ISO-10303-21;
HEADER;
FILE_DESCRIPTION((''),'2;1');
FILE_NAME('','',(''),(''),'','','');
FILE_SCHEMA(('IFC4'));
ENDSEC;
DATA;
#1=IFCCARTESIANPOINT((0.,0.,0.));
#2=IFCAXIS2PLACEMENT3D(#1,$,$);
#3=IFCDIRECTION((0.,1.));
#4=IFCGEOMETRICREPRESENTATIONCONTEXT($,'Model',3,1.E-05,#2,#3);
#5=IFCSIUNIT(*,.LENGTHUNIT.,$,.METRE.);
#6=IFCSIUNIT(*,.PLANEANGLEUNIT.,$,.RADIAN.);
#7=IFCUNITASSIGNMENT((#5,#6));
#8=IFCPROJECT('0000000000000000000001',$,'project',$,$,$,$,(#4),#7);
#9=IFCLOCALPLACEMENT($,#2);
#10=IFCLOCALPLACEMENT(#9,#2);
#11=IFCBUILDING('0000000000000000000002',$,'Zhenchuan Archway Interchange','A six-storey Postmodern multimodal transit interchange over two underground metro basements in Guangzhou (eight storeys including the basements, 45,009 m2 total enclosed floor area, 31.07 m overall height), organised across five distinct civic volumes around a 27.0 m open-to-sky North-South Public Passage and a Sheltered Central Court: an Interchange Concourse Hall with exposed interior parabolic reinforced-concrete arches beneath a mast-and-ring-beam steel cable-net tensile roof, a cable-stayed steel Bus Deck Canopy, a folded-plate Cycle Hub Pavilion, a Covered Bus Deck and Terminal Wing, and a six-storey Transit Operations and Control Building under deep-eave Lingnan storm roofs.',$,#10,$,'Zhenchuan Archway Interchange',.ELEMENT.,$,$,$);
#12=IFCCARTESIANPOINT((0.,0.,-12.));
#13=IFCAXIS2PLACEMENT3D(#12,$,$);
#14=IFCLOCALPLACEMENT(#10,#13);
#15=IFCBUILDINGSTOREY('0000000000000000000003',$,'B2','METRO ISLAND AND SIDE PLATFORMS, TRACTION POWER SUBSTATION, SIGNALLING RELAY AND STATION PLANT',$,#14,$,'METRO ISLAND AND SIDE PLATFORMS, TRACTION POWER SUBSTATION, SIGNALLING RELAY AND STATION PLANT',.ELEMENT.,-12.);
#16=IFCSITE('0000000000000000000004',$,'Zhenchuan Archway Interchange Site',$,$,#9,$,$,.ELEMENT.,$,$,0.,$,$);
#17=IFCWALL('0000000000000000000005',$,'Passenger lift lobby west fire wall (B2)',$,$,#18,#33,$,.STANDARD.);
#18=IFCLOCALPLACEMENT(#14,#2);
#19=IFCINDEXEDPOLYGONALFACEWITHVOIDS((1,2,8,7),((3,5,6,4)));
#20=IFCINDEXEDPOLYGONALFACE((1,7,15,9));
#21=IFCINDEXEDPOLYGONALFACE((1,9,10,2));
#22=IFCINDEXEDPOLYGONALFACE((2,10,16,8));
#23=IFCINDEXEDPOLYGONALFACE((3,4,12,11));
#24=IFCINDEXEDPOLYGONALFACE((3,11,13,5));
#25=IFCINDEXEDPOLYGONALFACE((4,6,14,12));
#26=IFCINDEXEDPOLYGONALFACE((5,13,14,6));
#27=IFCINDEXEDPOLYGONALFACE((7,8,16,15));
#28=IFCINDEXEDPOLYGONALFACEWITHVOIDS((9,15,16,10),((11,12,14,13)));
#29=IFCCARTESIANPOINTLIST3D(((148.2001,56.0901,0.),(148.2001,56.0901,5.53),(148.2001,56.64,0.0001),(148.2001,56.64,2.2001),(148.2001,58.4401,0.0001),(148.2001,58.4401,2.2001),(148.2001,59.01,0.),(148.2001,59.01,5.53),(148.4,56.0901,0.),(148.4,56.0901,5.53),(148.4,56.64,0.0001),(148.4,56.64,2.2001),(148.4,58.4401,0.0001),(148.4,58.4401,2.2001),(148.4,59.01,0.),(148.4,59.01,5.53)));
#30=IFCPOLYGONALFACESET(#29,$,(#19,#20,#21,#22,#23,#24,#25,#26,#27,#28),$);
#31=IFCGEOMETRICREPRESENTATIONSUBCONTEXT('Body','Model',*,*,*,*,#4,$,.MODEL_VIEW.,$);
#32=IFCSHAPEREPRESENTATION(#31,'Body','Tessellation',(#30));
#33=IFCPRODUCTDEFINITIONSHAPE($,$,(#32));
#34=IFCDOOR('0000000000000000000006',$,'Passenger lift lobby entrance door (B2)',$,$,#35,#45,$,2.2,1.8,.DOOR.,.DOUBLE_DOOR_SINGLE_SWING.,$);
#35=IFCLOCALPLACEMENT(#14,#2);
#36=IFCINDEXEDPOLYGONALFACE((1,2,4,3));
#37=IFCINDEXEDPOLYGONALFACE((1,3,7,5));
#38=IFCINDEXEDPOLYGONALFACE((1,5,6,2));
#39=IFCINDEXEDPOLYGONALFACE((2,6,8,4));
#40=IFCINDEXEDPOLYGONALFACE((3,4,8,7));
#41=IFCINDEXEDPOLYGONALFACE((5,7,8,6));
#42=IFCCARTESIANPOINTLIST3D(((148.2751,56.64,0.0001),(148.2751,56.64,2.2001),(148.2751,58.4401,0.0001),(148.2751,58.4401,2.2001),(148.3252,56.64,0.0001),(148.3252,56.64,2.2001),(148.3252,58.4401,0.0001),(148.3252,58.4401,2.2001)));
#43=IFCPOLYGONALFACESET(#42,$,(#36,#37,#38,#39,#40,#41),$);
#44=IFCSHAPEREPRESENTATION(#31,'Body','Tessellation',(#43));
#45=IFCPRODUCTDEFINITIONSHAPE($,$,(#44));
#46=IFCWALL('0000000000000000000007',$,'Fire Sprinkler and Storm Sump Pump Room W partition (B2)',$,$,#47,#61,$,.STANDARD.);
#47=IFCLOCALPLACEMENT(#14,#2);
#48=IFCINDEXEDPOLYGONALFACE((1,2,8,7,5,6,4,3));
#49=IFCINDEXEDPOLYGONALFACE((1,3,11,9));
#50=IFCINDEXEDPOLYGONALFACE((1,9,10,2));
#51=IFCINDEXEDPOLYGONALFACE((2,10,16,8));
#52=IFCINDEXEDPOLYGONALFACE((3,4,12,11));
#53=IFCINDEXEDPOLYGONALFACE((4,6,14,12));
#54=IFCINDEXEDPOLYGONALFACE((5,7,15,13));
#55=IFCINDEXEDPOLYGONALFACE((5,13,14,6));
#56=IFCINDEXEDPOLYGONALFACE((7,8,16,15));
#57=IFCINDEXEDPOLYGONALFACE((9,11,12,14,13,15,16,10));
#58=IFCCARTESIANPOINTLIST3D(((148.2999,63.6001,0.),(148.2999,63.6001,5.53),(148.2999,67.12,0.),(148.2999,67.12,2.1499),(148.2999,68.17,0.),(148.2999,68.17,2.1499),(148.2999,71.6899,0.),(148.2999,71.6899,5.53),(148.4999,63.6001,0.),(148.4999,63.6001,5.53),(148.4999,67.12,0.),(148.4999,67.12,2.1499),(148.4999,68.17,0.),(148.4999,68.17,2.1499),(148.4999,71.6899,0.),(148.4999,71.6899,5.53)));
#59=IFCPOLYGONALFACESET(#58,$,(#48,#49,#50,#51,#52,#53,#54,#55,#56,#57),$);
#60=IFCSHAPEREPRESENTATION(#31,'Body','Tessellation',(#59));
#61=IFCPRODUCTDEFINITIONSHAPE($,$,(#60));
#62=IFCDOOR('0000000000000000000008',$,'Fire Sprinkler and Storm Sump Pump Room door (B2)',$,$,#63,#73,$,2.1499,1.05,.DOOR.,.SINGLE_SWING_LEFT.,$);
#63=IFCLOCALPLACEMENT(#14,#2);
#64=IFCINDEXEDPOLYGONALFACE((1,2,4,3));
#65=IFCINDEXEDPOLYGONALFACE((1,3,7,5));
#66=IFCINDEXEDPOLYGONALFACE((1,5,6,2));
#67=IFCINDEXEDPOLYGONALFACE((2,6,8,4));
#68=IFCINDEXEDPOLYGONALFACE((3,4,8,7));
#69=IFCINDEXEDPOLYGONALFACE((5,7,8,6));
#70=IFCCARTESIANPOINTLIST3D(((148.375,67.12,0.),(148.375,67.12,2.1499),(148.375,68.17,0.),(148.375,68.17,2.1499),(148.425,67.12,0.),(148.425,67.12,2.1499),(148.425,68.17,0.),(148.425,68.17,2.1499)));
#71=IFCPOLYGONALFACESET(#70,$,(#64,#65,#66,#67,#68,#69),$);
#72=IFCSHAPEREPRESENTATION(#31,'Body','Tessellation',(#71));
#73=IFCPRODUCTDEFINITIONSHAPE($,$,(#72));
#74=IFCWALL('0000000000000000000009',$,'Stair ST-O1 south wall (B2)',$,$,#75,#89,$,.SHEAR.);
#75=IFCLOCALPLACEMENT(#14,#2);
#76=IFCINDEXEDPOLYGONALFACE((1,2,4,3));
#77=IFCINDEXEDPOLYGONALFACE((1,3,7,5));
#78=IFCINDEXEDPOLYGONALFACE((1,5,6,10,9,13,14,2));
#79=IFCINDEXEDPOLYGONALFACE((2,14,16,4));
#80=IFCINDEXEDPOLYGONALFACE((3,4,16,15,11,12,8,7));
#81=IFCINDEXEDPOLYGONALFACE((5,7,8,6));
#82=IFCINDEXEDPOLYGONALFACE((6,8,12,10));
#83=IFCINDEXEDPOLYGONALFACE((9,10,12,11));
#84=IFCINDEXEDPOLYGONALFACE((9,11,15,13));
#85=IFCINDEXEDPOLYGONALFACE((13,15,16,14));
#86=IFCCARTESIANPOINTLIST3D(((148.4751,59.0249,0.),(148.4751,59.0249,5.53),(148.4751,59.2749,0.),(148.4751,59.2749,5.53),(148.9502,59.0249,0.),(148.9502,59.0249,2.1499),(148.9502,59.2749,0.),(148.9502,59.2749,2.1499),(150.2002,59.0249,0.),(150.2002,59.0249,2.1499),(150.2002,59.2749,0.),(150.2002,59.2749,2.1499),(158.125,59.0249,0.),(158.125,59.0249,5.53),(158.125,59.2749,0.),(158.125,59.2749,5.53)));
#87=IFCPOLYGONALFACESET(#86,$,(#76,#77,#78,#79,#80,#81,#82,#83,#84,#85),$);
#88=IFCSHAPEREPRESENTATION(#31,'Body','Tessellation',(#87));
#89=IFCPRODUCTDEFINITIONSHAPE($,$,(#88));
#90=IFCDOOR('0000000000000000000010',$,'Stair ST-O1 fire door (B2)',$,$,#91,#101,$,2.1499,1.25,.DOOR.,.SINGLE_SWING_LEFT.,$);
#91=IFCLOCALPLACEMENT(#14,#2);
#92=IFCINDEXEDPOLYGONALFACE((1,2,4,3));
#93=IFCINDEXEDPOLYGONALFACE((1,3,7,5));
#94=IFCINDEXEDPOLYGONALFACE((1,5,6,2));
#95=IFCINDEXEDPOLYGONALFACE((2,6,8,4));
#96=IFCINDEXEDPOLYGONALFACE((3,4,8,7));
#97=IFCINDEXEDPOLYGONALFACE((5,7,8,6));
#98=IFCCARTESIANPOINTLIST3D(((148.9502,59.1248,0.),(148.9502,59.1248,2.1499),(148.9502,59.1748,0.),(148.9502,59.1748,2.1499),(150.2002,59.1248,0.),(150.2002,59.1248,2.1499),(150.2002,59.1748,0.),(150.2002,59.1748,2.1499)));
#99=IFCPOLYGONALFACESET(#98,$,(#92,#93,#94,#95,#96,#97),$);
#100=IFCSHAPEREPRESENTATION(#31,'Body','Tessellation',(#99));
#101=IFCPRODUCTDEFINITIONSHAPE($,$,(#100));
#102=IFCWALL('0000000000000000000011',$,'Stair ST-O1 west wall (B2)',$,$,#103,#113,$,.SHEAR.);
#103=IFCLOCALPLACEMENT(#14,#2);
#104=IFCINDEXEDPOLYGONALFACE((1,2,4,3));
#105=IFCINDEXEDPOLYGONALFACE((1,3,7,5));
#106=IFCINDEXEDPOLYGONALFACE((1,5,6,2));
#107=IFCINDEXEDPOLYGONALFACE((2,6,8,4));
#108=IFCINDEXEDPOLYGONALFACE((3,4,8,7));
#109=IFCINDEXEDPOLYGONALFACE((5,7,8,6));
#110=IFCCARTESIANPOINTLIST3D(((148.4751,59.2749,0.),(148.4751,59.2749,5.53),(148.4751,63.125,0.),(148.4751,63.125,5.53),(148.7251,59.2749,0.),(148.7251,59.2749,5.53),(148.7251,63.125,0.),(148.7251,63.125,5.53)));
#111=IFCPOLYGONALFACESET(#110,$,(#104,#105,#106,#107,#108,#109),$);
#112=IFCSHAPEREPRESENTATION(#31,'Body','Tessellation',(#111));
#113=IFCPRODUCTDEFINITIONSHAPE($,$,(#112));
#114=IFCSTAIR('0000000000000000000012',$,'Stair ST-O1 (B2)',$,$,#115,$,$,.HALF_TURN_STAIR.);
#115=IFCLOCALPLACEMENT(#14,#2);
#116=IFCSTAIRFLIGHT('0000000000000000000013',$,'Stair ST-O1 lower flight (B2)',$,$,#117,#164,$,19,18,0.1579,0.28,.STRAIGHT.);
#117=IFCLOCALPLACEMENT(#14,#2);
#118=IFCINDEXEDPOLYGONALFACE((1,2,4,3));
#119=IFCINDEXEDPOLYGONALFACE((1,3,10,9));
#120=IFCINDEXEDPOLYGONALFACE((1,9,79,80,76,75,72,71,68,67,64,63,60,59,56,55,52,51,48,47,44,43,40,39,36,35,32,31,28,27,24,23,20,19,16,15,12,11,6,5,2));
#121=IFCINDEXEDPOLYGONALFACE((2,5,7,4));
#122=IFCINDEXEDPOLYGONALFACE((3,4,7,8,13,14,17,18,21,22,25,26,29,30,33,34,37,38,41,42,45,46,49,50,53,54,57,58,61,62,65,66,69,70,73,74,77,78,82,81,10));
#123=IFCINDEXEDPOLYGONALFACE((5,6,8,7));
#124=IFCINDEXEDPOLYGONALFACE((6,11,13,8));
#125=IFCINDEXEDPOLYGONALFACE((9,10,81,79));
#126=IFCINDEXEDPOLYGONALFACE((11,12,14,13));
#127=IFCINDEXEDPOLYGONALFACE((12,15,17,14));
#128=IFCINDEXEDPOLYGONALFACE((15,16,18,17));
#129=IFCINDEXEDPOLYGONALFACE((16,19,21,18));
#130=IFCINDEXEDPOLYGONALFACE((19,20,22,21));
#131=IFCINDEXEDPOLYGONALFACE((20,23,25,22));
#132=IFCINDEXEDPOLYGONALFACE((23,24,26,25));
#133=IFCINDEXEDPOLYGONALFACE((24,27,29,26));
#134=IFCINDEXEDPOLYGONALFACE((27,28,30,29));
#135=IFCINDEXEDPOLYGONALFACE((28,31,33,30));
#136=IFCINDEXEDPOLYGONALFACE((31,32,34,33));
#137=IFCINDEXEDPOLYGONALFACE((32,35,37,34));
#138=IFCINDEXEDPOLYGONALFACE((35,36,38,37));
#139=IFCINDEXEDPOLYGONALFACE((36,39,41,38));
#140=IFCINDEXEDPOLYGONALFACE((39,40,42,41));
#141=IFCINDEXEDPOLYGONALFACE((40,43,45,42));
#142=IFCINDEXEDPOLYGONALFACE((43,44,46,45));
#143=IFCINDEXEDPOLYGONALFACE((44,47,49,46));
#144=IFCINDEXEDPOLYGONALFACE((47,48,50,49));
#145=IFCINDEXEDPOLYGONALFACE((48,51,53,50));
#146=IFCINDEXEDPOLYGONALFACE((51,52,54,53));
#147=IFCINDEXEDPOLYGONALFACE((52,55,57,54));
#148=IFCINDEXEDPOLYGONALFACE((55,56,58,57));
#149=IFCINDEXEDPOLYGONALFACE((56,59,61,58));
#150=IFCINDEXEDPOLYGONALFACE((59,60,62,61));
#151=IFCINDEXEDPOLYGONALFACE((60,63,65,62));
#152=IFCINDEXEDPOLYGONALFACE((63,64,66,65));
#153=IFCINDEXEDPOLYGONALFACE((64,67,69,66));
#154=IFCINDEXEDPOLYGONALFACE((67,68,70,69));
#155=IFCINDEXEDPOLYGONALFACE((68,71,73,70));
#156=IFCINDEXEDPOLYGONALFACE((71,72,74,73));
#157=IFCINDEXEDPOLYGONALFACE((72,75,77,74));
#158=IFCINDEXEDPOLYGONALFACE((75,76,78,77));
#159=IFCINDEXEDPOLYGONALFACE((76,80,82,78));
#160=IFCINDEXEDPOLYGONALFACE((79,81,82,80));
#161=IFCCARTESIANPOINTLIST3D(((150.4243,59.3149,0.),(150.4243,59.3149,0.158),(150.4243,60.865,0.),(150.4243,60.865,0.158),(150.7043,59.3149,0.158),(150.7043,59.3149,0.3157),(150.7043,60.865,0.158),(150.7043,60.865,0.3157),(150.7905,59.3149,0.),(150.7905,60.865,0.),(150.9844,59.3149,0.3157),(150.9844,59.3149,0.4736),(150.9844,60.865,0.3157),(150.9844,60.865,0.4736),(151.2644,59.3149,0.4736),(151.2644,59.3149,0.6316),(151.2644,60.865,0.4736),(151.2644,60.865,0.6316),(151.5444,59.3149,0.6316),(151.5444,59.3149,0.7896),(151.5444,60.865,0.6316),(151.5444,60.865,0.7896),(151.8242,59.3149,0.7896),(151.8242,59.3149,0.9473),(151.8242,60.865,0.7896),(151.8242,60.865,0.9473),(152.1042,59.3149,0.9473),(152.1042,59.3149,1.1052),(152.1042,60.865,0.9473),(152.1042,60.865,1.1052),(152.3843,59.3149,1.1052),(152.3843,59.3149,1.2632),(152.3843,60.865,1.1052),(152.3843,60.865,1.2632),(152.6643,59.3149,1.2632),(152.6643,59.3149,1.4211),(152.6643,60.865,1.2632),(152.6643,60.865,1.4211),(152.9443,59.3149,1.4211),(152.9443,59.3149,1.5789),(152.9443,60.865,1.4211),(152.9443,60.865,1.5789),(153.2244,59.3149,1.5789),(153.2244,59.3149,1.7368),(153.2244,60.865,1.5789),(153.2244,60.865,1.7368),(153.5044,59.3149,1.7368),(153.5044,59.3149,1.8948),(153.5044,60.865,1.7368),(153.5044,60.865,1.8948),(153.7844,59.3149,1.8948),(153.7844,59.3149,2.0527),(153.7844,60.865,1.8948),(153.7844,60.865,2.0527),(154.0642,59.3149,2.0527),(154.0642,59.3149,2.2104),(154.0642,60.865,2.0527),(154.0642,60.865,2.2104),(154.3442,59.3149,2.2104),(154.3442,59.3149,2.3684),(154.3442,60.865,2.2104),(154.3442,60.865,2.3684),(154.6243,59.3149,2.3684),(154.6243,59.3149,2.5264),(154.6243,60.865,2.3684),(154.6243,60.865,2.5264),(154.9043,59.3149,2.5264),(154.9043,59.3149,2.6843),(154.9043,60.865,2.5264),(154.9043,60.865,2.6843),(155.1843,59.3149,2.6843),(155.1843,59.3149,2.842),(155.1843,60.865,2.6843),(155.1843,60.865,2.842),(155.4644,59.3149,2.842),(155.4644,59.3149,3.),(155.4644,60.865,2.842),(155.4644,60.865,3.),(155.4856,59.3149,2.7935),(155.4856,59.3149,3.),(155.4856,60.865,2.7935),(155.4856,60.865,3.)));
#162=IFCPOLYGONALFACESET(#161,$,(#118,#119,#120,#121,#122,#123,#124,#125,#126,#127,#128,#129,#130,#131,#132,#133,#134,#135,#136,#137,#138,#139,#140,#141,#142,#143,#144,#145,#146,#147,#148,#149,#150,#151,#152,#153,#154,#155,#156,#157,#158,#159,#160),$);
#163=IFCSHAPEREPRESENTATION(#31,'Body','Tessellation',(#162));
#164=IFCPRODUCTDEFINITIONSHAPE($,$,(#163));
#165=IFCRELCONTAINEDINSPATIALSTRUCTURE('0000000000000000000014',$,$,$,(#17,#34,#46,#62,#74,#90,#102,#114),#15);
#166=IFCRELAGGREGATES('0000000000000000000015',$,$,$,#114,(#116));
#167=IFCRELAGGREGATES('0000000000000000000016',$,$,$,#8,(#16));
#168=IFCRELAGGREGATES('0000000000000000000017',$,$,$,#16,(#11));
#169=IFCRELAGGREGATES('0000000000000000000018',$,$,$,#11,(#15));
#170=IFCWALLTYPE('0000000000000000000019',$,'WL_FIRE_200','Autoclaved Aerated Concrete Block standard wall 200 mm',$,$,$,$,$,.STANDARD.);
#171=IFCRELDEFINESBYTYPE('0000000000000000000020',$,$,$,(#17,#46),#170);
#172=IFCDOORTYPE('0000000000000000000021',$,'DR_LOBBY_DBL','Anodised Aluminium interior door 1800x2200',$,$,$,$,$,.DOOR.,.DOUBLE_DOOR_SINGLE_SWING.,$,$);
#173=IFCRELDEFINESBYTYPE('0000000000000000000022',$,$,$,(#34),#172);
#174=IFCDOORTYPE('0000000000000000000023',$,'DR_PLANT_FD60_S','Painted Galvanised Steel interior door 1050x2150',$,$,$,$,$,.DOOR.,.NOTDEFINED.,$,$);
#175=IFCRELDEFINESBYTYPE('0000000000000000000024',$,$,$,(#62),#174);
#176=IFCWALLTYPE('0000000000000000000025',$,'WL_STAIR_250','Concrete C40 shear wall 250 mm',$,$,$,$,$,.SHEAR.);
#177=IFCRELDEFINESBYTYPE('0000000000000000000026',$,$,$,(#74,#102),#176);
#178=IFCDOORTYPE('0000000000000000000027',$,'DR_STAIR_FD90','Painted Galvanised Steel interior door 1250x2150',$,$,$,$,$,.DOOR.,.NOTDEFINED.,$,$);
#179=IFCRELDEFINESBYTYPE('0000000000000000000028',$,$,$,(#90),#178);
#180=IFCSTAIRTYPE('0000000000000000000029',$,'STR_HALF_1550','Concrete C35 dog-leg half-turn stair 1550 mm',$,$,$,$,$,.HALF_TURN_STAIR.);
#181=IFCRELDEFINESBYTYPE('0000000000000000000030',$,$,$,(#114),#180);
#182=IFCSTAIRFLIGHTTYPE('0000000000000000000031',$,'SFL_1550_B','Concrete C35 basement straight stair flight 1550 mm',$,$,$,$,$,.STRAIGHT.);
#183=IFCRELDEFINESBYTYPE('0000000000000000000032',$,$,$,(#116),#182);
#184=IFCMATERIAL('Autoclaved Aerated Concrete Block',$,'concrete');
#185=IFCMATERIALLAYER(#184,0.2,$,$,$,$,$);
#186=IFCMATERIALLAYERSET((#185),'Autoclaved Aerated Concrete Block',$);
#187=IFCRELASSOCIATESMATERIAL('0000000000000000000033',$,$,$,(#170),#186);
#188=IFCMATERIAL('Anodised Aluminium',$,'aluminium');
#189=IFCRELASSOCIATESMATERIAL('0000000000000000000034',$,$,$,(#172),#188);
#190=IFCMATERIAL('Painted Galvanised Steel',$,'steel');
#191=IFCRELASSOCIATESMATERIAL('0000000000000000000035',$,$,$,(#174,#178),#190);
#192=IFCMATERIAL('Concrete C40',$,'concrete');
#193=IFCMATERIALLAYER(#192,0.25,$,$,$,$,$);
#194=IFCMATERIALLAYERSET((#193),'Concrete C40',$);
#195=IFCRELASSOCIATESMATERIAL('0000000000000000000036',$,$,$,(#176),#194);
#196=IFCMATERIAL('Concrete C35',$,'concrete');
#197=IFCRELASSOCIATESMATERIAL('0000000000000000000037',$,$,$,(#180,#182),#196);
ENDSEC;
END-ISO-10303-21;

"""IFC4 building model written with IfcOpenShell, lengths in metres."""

from ifc_helpers import new_model, si_unit, direction, frame, frame_2d, origin, place, context, subcontext, project, spatial, polyline, rectangle, outline, extrude, material, layer, layer_set, type_object, element, fill, aggregate, save


model = new_model("IFC4")

# Units and contexts
model_context = context("Model", 3, precision=1e-05, world=origin(), true_north=direction((0.0, 1.0)))
body_context = subcontext(model_context, "Body", "Model", "MODEL_VIEW")
ifc_project = project(units=[si_unit("LENGTHUNIT", "METRE"), si_unit("PLANEANGLEUNIT", "RADIAN")], contexts=[model_context])

# Site, building, storey
site_placement = place(None, origin())
site = spatial("IfcSite", under=ifc_project, at=site_placement, Name="Zhenchuan Archway Interchange Site", CompositionType="ELEMENT", RefElevation=0.0)
building_placement = place(site_placement, origin())
building = spatial("IfcBuilding", under=site, at=building_placement, Name="Zhenchuan Archway Interchange", Description="A six-storey Postmodern multimodal transit interchange over two underground metro basements in Guangzhou (eight storeys including the basements, 45,009 m2 total enclosed floor area, 31.07 m overall height), organised across five distinct civic volumes around a 27.0 m open-to-sky North-South Public Passage and a Sheltered Central Court: an Interchange Concourse Hall with exposed interior parabolic reinforced-concrete arches beneath a mast-and-ring-beam steel cable-net tensile roof, a cable-stayed steel Bus Deck Canopy, a folded-plate Cycle Hub Pavilion, a Covered Bus Deck and Terminal Wing, and a six-storey Transit Operations and Control Building under deep-eave Lingnan storm roofs.", LongName="Zhenchuan Archway Interchange", CompositionType="ELEMENT")
storey_placement = place(building_placement, frame((0.0, 0.0, -12.0)))
storey = spatial("IfcBuildingStorey", under=building, at=storey_placement, Name="B2", Description="METRO ISLAND AND SIDE PLATFORMS, TRACTION POWER SUBSTATION, SIGNALLING RELAY AND STATION PLANT", LongName="METRO ISLAND AND SIDE PLATFORMS, TRACTION POWER SUBSTATION, SIGNALLING RELAY AND STATION PLANT", CompositionType="ELEMENT", Elevation=-12.0)

# Shared definitions
ifc_material_1 = material(Name="Concrete C40", Category="concrete")

# Shared definitions
ifc_material_2 = material(Name="Concrete C35", Category="concrete")

# Walls, openings, doors
ifc_material_3 = material(Name="Autoclaved Aerated Concrete Block", Category="concrete")
ifc_layer_1 = layer(ifc_material_3, 0.2)
ifc_layer_set_1 = layer_set([ifc_layer_1], Name="Autoclaved Aerated Concrete Block")
wall_type_1 = type_object("IfcWallType", Name="WL_FIRE_200", Description="Autoclaved Aerated Concrete Block standard wall 200 mm", PredefinedType="STANDARD", material=ifc_layer_set_1)
wall_1_placement = place(storey_placement, frame((148.3, 56.0901, 0.0), z_axis=(0.0, 0.0, 1.0), x_axis=(0.0, 1.0, 0.0)))
wall_1 = element("IfcWall", 1, at=wall_1_placement, inside=storey, type_object=wall_type_1, Name="Passenger lift lobby west fire wall (B2)", PredefinedType="STANDARD", context=body_context, shape_type="SweptSolid", body=[
    extrude(rectangle(XDim=2.9199, YDim=0.2, at=frame_2d((1.46, 0.0))), origin(), (0.0, 0.0, 1.0), 5.53),
])
opening_1_placement = place(wall_1_placement, frame((0.55, 0.0, 0.0)))
opening_1 = element("IfcOpeningElement", 2, at=opening_1_placement, cuts=wall_1, PredefinedType="OPENING", context=body_context, shape_type="SweptSolid", body=[
    extrude(rectangle(XDim=1.8, YDim=2.2, at=frame_2d((0.8999, 1.1001))), frame((0.0, 0.1118, 0.0), z_axis=(0.0, -1.0, 0.0), x_axis=(1.0, 0.0, 0.0)), (0.0, 0.0, 1.0), 0.2239),
])
ifc_material_4 = material(Name="Anodised Aluminium", Category="aluminium")
door_type_1 = type_object("IfcDoorType", Name="DR_LOBBY_DBL", Description="Anodised Aluminium interior door 1800x2200", OperationType="DOUBLE_DOOR_SINGLE_SWING", PredefinedType="DOOR", material=ifc_material_4)
door_1_placement = place(opening_1_placement, origin())
door_1 = element("IfcDoor", 3, at=door_1_placement, inside=storey, type_object=door_type_1, Name="Passenger lift lobby entrance door (B2)", OperationType="DOUBLE_DOOR_SINGLE_SWING", OverallHeight=2.2, OverallWidth=1.8, PredefinedType="DOOR", context=body_context, shape_type="SweptSolid", body=[
    extrude(rectangle(XDim=1.8, YDim=2.2, at=frame_2d((0.8999, 1.1001))), frame((0.0, 0.0249, 0.0), z_axis=(0.0, -1.0, 0.0), x_axis=(1.0, 0.0, 0.0)), (0.0, 0.0, 1.0), 0.05),
])
fill(opening_1, door_1)
wall_2_placement = place(storey_placement, frame((148.3999, 63.6001, 0.0), z_axis=(0.0, 0.0, 1.0), x_axis=(0.0, 1.0, 0.0)))
wall_2 = element("IfcWall", 4, at=wall_2_placement, inside=storey, type_object=wall_type_1, Name="Fire Sprinkler and Storm Sump Pump Room W partition (B2)", PredefinedType="STANDARD", context=body_context, shape_type="SweptSolid", body=[
    extrude(rectangle(XDim=8.0898, YDim=0.2, at=frame_2d((4.0449, 0.0))), origin(), (0.0, 0.0, 1.0), 5.53),
])
opening_2_placement = place(wall_2_placement, frame((3.52, 0.0, 0.0)))
opening_2 = element("IfcOpeningElement", 5, at=opening_2_placement, cuts=wall_2, PredefinedType="OPENING", context=body_context, shape_type="SweptSolid", body=[
    extrude(rectangle(XDim=1.05, YDim=2.1499, at=frame_2d((0.5249, 1.075))), frame((0.0, 0.1118, 0.0), z_axis=(0.0, -1.0, 0.0), x_axis=(1.0, 0.0, 0.0)), (0.0, 0.0, 1.0), 0.2239),
])
ifc_material_5 = material(Name="Painted Galvanised Steel", Category="steel")
door_type_2 = type_object("IfcDoorType", Name="DR_PLANT_FD60_S", Description="Painted Galvanised Steel interior door 1050x2150", OperationType="NOTDEFINED", PredefinedType="DOOR", material=ifc_material_5)
door_2_placement = place(opening_2_placement, origin())
door_2 = element("IfcDoor", 6, at=door_2_placement, inside=storey, type_object=door_type_2, Name="Fire Sprinkler and Storm Sump Pump Room door (B2)", OperationType="SINGLE_SWING_LEFT", OverallHeight=2.1499, OverallWidth=1.05, PredefinedType="DOOR", context=body_context, shape_type="SweptSolid", body=[
    extrude(rectangle(XDim=1.05, YDim=2.1499, at=frame_2d((0.5249, 1.075))), frame((0.0, 0.0249, 0.0), z_axis=(0.0, -1.0, 0.0), x_axis=(1.0, 0.0, 0.0)), (0.0, 0.0, 1.0), 0.05),
])
fill(opening_2, door_2)
ifc_layer_2 = layer(ifc_material_1, 0.25)
ifc_layer_set_2 = layer_set([ifc_layer_2], Name="Concrete C40")
wall_type_2 = type_object("IfcWallType", Name="WL_STAIR_250", Description="Concrete C40 shear wall 250 mm", PredefinedType="SHEAR", material=ifc_layer_set_2)
wall_3_placement = place(storey_placement, frame((148.4751, 59.1499, 0.0), z_axis=(0.0, 0.0, 1.0), x_axis=(1.0, 0.0, 0.0)))
wall_3 = element("IfcWall", 7, at=wall_3_placement, inside=storey, type_object=wall_type_2, Name="Stair ST-O1 south wall (B2)", PredefinedType="SHEAR", context=body_context, shape_type="SweptSolid", body=[
    extrude(rectangle(XDim=9.6499, YDim=0.25, at=frame_2d((4.825, 0.0))), origin(), (0.0, 0.0, 1.0), 5.53),
])
opening_3_placement = place(wall_3_placement, frame((0.4751, 0.0, 0.0)))
opening_3 = element("IfcOpeningElement", 8, at=opening_3_placement, cuts=wall_3, PredefinedType="OPENING", context=body_context, shape_type="SweptSolid", body=[
    extrude(rectangle(XDim=1.25, YDim=2.1499, at=frame_2d((0.625, 1.075))), frame((0.0, 0.137, 0.0), z_axis=(0.0, -1.0, 0.0), x_axis=(1.0, 0.0, 0.0)), (0.0, 0.0, 1.0), 0.2739),
])
door_type_3 = type_object("IfcDoorType", Name="DR_STAIR_FD90", Description="Painted Galvanised Steel interior door 1250x2150", OperationType="NOTDEFINED", PredefinedType="DOOR", material=ifc_material_5)
door_3_placement = place(opening_3_placement, origin())
door_3 = element("IfcDoor", 9, at=door_3_placement, inside=storey, type_object=door_type_3, Name="Stair ST-O1 fire door (B2)", OperationType="SINGLE_SWING_LEFT", OverallHeight=2.1499, OverallWidth=1.25, PredefinedType="DOOR", context=body_context, shape_type="SweptSolid", body=[
    extrude(rectangle(XDim=1.25, YDim=2.1499, at=frame_2d((0.625, 1.075))), frame((0.0, 0.0249, 0.0), z_axis=(0.0, -1.0, 0.0), x_axis=(1.0, 0.0, 0.0)), (0.0, 0.0, 1.0), 0.05),
])
fill(opening_3, door_3)

# Wall
wall_4_placement = place(storey_placement, frame((148.6001, 63.125, 0.0), z_axis=(0.0, 0.0, 1.0), x_axis=(0.0, -1.0, 0.0)))
element("IfcWall", 10, at=wall_4_placement, inside=storey, type_object=wall_type_2, Name="Stair ST-O1 west wall (B2)", PredefinedType="SHEAR", context=body_context, shape_type="SweptSolid", body=[
    extrude(rectangle(XDim=3.8501, YDim=0.25, at=frame_2d((1.925, 0.0))), origin(), (0.0, 0.0, 1.0), 5.53),
])

# Stair, stair flight
stair_type = type_object("IfcStairType", Name="STR_HALF_1550", Description="Concrete C35 dog-leg half-turn stair 1550 mm", PredefinedType="HALF_TURN_STAIR", material=ifc_material_2)
stair_placement = place(storey_placement, origin())
stair = element("IfcStair", 11, at=stair_placement, inside=storey, type_object=stair_type, Name="Stair ST-O1 (B2)", PredefinedType="HALF_TURN_STAIR")
stair_flight_type = type_object("IfcStairFlightType", Name="SFL_1550_B", Description="Concrete C35 basement straight stair flight 1550 mm", PredefinedType="STRAIGHT", material=ifc_material_2)
stair_flight_placement = place(storey_placement, frame((150.4243, 60.0901, 0.0), z_axis=(0.0, 0.0, 1.0), x_axis=(1.0, 0.0, 0.0)))
stair_flight = element("IfcStairFlight", 12, at=stair_flight_placement, type_object=stair_flight_type, Name="Stair ST-O1 lower flight (B2)", NumberOfRisers=19, NumberOfTreads=18, PredefinedType="STRAIGHT", RiserHeight=0.1579, TreadLength=0.28, context=body_context, shape_type="SweptSolid", body=[
    extrude(outline(polyline([(0.0, 0.0), (0.0, 0.158), (0.28, 0.158), (0.28, 0.3157), (0.5601, 0.3157), (0.5601, 0.4736), (0.8401, 0.4736), (0.8401, 0.6316), (1.1201, 0.6316), (1.1201, 0.7896), (1.3999, 0.7896), (1.3999, 0.9473), (1.6799, 0.9473), (1.6799, 1.1052), (1.96, 1.1052), (1.96, 1.2632), (2.24, 1.2632), (2.24, 1.4211), (2.52, 1.4211), (2.52, 1.5789), (2.8, 1.5789), (2.8, 1.7368), (3.0801, 1.7368), (3.0801, 1.8948), (3.3601, 1.8948), (3.3601, 2.0527), (3.6399, 2.0527), (3.6399, 2.2104), (3.9199, 2.2104), (3.9199, 2.3684), (4.2, 2.3684), (4.2, 2.5264), (4.48, 2.5264), (4.48, 2.6843), (4.76, 2.6843), (4.76, 2.842), (5.04, 2.842), (5.04, 3.0), (5.0613, 3.0), (5.0613, 2.7935), (0.3662, 0.0), (0.0, 0.0)])), frame((0.0, 0.7749, 0.0), z_axis=(0.0, -1.0, 0.0), x_axis=(1.0, 0.0, 0.0)), (0.0, 0.0, 1.0), 1.55),
])
aggregate(stair, [stair_flight])

save(model, "model.ifc")
